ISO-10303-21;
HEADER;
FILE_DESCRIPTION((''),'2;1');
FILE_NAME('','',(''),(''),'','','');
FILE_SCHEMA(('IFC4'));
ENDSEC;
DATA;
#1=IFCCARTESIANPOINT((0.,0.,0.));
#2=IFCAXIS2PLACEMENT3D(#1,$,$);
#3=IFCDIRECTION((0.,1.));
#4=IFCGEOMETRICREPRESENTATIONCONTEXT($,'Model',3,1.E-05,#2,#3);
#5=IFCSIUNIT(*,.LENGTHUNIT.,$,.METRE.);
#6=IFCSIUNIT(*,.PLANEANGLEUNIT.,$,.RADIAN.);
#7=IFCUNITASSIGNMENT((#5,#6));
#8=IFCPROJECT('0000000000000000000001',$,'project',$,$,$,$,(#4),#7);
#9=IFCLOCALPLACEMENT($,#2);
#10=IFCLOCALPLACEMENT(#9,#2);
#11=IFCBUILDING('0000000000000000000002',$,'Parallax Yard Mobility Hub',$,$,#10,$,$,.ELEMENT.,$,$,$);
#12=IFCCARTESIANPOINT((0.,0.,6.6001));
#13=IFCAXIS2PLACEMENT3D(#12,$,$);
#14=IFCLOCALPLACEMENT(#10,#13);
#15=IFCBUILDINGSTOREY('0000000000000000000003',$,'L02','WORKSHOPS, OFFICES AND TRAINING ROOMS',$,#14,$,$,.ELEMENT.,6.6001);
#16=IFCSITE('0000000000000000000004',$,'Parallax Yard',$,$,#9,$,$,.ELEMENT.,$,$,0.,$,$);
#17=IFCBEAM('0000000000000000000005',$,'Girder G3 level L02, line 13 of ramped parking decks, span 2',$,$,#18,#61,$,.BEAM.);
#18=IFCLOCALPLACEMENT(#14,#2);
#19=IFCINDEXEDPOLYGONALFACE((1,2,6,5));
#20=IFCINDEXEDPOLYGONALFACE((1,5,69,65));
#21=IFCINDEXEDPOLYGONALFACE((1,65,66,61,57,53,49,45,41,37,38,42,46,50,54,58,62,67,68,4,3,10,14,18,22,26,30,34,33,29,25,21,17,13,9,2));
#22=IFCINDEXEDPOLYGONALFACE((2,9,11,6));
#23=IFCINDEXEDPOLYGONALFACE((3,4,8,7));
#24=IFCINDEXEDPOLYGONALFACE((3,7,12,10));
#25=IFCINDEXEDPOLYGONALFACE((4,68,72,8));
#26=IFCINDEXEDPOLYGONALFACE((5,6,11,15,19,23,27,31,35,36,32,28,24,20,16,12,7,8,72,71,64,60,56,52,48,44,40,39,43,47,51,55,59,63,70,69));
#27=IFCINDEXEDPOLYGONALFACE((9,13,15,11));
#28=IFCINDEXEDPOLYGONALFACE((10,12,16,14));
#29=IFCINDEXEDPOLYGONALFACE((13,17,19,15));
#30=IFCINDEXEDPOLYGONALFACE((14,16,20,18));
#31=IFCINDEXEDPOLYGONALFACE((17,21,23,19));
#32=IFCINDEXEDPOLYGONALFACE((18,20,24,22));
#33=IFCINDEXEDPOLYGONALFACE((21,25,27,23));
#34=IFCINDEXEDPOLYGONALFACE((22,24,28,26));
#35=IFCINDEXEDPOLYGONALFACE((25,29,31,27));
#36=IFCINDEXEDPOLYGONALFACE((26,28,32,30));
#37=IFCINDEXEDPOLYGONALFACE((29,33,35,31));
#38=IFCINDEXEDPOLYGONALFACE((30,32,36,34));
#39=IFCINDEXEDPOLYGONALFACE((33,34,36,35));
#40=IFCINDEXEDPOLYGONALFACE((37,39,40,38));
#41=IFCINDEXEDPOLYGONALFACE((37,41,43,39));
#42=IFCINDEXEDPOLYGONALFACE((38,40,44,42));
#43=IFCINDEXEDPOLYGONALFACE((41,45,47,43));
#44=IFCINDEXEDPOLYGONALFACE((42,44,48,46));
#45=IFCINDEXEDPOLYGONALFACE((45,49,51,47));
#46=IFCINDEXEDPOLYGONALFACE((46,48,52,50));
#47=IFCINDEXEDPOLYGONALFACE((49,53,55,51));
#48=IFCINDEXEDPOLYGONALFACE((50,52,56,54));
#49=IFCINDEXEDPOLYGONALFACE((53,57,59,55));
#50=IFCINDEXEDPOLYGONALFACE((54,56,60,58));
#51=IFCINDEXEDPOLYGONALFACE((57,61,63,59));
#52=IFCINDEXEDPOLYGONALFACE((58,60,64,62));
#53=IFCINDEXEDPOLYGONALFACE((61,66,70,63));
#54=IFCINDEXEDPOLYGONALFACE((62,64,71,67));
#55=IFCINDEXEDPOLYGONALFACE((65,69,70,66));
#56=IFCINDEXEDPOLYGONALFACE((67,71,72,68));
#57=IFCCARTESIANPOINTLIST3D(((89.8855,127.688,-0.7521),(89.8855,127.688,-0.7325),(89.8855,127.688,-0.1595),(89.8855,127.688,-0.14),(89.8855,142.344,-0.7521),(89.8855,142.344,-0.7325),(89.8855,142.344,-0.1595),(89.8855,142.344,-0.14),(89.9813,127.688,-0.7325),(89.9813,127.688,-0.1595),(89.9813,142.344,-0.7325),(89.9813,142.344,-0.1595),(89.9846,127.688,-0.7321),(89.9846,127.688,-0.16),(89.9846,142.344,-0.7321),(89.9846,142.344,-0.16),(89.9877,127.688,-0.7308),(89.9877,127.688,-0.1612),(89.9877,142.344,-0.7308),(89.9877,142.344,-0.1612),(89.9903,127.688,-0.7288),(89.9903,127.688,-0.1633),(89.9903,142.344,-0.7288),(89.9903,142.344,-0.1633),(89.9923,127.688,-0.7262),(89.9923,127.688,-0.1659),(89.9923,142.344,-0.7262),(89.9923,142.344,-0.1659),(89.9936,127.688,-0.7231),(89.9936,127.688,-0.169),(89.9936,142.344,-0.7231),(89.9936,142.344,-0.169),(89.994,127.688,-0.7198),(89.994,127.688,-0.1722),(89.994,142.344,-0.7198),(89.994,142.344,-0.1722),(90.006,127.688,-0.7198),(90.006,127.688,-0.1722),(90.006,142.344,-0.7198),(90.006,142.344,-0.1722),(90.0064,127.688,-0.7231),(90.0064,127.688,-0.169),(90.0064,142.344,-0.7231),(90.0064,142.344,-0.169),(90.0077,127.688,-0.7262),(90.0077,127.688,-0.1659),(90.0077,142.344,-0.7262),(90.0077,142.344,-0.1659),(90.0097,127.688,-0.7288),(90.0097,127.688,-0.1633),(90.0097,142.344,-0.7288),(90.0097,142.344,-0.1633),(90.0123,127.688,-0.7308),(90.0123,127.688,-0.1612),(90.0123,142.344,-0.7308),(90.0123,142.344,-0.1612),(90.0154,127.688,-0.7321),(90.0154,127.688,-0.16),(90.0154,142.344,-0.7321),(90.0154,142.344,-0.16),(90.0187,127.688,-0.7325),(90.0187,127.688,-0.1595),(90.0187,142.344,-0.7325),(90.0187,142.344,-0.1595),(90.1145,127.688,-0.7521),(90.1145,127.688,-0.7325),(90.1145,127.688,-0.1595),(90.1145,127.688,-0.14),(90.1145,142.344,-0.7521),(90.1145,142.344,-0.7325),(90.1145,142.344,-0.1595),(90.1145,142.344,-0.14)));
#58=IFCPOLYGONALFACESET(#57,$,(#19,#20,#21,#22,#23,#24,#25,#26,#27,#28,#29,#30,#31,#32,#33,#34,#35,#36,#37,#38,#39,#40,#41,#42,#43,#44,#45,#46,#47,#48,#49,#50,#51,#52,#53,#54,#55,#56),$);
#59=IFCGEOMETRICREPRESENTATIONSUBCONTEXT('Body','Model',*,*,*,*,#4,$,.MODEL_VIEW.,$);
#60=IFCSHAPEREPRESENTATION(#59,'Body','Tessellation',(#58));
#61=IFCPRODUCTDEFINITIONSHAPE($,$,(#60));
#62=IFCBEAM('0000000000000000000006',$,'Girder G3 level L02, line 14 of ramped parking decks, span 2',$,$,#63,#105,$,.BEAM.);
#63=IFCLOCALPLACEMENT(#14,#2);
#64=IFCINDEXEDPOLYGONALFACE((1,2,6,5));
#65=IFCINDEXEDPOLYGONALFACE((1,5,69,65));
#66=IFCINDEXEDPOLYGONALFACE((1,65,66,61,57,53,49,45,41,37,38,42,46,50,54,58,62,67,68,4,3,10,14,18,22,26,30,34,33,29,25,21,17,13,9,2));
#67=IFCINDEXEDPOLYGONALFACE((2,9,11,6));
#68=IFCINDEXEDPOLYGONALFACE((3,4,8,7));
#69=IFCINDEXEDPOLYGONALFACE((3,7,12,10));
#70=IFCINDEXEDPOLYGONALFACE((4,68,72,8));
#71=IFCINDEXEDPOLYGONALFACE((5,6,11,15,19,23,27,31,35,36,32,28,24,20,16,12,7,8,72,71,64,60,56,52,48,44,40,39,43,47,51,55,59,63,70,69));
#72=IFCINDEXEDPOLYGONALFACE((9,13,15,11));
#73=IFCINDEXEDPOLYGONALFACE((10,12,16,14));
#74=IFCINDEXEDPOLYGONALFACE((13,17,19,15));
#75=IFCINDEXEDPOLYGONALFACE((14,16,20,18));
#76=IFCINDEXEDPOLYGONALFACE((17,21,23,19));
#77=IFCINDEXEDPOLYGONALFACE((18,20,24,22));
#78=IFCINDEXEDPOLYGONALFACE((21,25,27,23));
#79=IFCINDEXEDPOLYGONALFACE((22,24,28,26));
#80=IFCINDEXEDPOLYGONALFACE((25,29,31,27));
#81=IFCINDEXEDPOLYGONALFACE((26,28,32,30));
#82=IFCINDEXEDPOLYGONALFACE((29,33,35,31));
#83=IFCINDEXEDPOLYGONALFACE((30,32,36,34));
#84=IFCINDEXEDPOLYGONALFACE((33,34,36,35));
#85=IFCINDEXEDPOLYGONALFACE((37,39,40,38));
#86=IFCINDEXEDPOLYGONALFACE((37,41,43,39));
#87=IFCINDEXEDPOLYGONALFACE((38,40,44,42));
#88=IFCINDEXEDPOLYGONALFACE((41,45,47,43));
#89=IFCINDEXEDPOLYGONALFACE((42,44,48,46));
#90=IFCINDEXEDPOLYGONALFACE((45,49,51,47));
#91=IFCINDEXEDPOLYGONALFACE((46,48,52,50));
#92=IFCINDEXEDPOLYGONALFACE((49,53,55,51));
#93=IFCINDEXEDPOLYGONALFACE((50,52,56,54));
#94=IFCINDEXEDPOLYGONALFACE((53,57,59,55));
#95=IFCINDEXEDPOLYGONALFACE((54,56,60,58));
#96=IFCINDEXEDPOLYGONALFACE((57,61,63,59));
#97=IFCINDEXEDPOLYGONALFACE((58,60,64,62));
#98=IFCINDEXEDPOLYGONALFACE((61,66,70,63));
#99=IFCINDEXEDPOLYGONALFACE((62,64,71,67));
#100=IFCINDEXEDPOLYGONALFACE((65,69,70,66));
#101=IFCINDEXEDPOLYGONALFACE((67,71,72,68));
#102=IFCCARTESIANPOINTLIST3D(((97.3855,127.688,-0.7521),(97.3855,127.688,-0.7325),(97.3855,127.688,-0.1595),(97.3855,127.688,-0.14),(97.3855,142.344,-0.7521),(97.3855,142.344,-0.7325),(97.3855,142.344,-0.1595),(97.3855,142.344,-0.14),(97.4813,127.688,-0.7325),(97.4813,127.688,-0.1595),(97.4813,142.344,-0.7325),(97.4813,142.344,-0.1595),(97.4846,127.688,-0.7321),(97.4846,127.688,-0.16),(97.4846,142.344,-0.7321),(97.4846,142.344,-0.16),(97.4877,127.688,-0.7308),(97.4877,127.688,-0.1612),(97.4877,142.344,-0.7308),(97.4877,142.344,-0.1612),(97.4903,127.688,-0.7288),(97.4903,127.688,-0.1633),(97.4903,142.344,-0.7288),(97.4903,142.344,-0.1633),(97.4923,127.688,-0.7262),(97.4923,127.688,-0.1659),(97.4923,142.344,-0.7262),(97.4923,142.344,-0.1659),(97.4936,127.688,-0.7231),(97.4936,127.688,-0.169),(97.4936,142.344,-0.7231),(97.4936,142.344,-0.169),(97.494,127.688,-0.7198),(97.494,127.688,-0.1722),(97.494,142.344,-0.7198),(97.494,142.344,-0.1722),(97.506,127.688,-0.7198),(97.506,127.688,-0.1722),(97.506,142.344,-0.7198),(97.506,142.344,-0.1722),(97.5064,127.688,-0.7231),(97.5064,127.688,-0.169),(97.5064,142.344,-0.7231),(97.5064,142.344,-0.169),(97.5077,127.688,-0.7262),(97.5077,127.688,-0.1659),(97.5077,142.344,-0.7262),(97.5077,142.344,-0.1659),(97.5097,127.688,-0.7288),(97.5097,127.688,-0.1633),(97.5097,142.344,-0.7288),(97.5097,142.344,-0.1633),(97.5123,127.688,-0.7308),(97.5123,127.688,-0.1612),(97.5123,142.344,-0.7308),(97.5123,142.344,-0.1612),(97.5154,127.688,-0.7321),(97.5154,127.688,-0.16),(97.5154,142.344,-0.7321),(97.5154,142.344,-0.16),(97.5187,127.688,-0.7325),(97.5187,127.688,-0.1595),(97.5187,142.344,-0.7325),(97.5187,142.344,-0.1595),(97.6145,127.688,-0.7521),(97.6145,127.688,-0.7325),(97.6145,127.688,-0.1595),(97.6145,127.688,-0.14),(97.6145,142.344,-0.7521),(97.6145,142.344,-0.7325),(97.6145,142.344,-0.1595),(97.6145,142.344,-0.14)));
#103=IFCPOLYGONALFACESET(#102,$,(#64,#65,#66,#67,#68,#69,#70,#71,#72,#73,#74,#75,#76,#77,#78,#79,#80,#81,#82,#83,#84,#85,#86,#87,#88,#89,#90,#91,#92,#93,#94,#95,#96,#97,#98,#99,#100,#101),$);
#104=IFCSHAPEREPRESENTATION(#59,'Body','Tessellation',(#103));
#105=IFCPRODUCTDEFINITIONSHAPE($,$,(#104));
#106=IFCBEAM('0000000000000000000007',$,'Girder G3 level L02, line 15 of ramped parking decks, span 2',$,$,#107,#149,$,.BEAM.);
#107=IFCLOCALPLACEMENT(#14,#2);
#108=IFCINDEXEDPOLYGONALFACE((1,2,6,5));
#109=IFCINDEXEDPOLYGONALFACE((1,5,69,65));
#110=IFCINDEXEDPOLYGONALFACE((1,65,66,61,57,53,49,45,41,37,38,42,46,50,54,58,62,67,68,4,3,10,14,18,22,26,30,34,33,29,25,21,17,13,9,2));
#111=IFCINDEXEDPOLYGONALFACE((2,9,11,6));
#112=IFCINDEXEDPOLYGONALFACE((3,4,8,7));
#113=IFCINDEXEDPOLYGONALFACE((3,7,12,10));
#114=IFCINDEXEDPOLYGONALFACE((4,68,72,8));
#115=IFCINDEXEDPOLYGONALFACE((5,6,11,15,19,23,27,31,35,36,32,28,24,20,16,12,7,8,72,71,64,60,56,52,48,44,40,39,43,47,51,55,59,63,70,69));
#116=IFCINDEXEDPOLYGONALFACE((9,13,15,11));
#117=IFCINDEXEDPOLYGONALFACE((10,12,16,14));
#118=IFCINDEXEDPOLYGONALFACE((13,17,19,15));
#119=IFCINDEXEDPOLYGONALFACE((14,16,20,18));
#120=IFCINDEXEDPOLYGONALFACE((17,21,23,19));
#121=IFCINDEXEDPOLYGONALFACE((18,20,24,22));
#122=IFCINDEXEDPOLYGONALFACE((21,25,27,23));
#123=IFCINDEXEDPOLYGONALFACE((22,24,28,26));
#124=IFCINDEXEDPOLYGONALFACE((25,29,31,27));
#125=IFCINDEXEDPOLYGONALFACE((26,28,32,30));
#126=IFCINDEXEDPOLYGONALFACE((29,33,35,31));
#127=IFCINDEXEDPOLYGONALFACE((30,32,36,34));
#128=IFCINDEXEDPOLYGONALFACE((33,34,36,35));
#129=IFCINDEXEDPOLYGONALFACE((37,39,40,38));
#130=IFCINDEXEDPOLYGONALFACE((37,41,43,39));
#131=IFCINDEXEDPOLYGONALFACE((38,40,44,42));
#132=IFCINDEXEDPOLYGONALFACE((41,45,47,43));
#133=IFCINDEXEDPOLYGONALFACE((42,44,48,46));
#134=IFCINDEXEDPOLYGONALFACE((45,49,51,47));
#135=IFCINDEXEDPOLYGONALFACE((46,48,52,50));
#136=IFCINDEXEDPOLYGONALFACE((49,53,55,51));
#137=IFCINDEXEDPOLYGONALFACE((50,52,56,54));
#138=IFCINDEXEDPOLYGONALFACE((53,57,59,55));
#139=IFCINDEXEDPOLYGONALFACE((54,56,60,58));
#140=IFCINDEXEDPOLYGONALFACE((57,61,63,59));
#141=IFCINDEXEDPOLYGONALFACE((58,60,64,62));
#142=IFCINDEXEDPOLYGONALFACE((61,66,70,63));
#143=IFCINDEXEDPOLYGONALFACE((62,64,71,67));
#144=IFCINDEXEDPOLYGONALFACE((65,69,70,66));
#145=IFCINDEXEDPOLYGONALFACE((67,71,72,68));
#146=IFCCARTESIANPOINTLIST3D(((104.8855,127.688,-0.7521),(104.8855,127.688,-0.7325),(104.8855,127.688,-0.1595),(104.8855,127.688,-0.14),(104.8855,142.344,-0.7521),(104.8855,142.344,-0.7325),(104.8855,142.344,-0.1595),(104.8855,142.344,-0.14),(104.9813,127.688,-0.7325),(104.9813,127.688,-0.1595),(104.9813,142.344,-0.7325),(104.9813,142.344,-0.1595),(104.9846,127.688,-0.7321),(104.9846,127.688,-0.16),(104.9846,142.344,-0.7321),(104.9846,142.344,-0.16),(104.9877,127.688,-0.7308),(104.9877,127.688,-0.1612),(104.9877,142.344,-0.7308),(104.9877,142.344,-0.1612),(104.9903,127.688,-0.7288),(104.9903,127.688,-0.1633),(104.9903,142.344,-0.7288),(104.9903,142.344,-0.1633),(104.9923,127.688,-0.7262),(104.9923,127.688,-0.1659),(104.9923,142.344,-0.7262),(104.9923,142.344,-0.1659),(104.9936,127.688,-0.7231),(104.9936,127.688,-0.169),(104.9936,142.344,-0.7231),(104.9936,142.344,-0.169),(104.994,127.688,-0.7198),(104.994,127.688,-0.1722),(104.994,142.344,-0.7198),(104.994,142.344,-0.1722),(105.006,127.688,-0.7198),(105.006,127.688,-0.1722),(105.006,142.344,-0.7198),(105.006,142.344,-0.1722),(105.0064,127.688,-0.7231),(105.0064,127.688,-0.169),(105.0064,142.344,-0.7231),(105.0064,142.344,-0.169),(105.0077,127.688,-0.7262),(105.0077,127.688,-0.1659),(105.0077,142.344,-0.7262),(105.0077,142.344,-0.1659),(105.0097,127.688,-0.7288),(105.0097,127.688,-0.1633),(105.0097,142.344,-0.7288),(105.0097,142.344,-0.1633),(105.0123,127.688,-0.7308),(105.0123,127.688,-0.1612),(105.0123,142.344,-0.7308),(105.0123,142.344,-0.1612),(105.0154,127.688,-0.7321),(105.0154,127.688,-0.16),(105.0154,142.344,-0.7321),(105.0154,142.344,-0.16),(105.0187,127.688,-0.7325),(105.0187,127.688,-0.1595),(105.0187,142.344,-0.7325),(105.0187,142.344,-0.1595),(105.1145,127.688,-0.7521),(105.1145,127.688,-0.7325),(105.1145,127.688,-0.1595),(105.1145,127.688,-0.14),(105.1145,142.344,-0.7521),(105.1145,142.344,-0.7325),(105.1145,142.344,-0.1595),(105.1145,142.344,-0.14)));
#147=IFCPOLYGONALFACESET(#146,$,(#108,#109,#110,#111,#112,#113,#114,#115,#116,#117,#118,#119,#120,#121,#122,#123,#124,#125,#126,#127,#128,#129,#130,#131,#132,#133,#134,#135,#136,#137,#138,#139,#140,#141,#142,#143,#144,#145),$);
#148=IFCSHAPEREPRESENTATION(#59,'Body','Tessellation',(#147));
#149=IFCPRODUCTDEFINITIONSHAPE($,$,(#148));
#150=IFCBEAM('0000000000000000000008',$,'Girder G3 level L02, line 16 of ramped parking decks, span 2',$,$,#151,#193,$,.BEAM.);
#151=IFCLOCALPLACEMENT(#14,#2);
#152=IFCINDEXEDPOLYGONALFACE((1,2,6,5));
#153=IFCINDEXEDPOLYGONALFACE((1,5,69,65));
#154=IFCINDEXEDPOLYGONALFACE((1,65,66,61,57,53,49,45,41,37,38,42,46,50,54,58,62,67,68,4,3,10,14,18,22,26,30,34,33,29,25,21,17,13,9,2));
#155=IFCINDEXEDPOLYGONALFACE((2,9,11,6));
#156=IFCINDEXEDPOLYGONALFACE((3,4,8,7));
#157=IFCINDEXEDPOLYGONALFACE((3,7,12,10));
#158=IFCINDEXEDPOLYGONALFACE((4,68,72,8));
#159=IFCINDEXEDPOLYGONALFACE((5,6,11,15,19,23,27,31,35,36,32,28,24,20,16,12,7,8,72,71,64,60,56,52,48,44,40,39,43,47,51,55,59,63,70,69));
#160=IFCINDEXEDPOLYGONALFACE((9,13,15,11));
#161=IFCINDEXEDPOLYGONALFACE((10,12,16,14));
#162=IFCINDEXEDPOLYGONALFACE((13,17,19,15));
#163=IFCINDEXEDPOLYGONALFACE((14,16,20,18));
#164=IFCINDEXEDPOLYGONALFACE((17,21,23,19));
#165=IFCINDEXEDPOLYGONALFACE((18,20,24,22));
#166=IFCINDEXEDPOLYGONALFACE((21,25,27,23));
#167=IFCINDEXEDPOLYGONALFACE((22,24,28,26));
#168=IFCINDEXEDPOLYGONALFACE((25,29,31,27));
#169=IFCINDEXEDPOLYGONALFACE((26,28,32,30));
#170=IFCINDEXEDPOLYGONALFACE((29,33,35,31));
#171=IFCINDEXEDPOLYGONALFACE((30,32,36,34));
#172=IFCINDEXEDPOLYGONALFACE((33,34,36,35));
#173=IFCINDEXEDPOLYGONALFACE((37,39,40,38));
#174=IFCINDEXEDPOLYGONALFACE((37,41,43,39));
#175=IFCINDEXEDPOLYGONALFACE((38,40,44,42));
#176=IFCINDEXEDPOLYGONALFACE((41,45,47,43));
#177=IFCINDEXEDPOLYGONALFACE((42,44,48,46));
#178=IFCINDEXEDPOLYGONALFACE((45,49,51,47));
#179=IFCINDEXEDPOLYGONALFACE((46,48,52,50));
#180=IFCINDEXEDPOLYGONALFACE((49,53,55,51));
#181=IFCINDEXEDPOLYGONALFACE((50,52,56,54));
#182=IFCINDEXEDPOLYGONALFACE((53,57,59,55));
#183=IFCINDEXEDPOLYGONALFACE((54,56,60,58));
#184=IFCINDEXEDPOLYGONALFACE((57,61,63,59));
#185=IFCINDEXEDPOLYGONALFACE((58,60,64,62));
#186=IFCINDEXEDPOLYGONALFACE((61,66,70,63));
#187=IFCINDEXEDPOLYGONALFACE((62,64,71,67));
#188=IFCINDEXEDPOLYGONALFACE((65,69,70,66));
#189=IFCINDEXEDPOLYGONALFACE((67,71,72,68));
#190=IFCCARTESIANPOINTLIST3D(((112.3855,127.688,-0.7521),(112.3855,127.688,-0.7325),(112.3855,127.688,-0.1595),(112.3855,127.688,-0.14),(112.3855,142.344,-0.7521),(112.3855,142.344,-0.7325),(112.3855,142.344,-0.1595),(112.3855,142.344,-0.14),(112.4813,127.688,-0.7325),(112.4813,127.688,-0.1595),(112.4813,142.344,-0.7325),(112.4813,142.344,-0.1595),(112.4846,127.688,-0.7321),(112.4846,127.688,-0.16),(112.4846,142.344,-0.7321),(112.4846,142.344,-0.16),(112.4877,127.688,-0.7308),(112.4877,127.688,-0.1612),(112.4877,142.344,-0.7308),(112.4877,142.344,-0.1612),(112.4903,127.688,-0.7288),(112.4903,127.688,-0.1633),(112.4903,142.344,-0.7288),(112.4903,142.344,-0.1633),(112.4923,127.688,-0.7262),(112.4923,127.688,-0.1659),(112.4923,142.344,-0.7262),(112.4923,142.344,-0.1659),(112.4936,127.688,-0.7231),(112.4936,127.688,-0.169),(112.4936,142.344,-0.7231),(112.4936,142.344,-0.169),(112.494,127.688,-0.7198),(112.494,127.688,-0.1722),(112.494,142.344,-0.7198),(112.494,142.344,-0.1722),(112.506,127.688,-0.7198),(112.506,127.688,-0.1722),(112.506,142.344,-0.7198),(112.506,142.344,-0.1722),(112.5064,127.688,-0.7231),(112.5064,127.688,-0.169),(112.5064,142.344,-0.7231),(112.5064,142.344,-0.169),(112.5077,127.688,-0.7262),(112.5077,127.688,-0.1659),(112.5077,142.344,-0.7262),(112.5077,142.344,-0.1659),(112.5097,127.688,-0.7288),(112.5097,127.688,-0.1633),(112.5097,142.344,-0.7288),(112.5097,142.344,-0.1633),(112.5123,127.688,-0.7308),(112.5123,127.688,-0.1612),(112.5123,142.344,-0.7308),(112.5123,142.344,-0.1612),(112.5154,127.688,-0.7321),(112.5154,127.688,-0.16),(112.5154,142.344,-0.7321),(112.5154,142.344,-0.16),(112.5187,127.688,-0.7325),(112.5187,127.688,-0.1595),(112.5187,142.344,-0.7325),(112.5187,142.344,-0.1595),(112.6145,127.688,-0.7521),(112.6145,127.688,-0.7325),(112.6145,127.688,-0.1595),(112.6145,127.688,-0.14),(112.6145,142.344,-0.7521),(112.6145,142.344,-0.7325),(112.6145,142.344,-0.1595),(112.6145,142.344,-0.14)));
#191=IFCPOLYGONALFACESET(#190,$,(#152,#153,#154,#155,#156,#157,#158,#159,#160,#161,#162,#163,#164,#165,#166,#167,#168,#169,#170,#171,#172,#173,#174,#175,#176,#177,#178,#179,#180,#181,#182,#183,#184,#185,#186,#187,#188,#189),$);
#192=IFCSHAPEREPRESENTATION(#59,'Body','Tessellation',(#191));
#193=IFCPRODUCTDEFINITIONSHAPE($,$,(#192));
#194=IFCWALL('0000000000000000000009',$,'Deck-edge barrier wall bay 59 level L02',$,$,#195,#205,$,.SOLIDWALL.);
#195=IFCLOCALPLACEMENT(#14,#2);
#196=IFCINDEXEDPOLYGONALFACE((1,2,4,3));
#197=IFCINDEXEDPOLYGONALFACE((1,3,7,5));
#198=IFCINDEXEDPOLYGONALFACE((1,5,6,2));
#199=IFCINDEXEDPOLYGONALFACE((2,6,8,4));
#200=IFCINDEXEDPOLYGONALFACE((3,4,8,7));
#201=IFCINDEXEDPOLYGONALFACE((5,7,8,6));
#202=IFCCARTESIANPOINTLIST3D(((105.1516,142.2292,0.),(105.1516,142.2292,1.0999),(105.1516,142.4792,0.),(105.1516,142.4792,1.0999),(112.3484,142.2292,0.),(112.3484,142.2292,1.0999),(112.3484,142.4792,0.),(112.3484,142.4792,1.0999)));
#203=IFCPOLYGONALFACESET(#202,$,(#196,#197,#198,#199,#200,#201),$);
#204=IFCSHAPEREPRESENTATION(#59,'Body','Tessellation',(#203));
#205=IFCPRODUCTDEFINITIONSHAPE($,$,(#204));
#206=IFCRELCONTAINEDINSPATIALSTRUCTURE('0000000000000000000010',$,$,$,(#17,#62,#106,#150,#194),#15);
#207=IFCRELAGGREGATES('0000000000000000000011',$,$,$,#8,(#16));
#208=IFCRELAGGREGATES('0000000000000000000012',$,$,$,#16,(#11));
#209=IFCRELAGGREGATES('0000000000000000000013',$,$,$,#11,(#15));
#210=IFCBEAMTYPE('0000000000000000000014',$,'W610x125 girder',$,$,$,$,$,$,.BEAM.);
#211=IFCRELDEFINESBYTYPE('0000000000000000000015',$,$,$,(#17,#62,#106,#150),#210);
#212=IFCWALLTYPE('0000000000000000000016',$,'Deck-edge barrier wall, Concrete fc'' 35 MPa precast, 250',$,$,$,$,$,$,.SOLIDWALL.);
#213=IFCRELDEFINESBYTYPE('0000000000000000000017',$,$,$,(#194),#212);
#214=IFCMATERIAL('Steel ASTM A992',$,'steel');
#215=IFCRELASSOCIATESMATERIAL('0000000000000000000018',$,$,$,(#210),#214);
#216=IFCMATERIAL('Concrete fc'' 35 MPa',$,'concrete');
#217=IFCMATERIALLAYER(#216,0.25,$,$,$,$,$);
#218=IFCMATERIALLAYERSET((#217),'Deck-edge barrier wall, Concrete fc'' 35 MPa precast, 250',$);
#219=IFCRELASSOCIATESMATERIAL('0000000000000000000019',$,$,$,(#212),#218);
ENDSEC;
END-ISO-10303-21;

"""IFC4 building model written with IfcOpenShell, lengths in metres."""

from ifc_helpers import new_model, si_unit, direction, frame, frame_2d, origin, origin_2d, place, context, subcontext, project, spatial, rectangle, i_section, extrude, material, layer, layer_set, material_profile, profile_set, type_object, element, save


model = new_model("IFC4")

# Units and contexts
model_context = context("Model", 3, precision=1e-05, world=origin(), true_north=direction((0.0, 1.0)))
body_context = subcontext(model_context, "Body", "Model", "MODEL_VIEW")
ifc_project = project(units=[si_unit("LENGTHUNIT", "METRE"), si_unit("PLANEANGLEUNIT", "RADIAN")], contexts=[model_context])

# Site, building, storey
site_placement = place(None, origin())
site = spatial("IfcSite", under=ifc_project, at=site_placement, Name="Parallax Yard", CompositionType="ELEMENT", RefElevation=0.0)
building_placement = place(site_placement, origin())
building = spatial("IfcBuilding", under=site, at=building_placement, Name="Parallax Yard Mobility Hub", CompositionType="ELEMENT")
storey_placement = place(building_placement, frame((0.0, 0.0, 6.6001)))
storey = spatial("IfcBuildingStorey", under=building, at=storey_placement, Name="L02", Description="WORKSHOPS, OFFICES AND TRAINING ROOMS", CompositionType="ELEMENT", Elevation=6.6001)

# Shared definitions
ifc_material_1 = material(Name="Steel ASTM A992", Category="steel")

# Beams
ifc_material_profile_1 = material_profile(ifc_material_1, i_section(OverallWidth=0.229, OverallDepth=0.6121, WebThickness=0.012, FlangeThickness=0.0195, FilletRadius=0.0127, at=origin_2d()), Name="W610x125")
ifc_profile_set_1 = profile_set([ifc_material_profile_1], Name="Steel ASTM A992")
beam_type_1 = type_object("IfcBeamType", Name="W610x125 girder", PredefinedType="BEAM", material=ifc_profile_set_1)
for number, where, z_axis, x_axis, name in (
    (1, (90.0, 127.688, -0.446), (0.0, 1.0, 0.0), (-1.0, 0.0, 0.0), "Girder G3 level L02, line 13 of ramped parking decks, span 2"),
    (2, (97.5, 127.688, -0.446), (0.0, 1.0, 0.0), (-1.0, 0.0, 0.0), "Girder G3 level L02, line 14 of ramped parking decks, span 2"),
    (3, (105.0, 127.688, -0.446), (0.0, 1.0, 0.0), (-1.0, 0.0, 0.0), "Girder G3 level L02, line 15 of ramped parking decks, span 2"),
    (4, (112.5, 127.688, -0.446), (0.0, 1.0, 0.0), (-1.0, 0.0, 0.0), "Girder G3 level L02, line 16 of ramped parking decks, span 2"),
):
    element("IfcBeam", number, at=place(storey_placement, frame(where, z_axis=z_axis, x_axis=x_axis)), inside=storey, type_object=beam_type_1, Name=name, PredefinedType="BEAM", context=body_context, shape_type="SweptSolid", body=[
        extrude(i_section(OverallWidth=0.229, OverallDepth=0.6121, WebThickness=0.012, FlangeThickness=0.0195, FilletRadius=0.0127, at=origin_2d()), origin(), (0.0, 0.0, 1.0), 14.656),
    ])

# Wall
ifc_material_2 = material(Name="Concrete fc' 35 MPa", Category="concrete")
ifc_layer = layer(ifc_material_2, 0.25)
ifc_layer_set = layer_set([ifc_layer], Name="Deck-edge barrier wall, Concrete fc' 35 MPa precast, 250")
wall_type = type_object("IfcWallType", Name="Deck-edge barrier wall, Concrete fc' 35 MPa precast, 250", PredefinedType="SOLIDWALL", material=ifc_layer_set)
for number, where, z_axis, x_axis, name in (
    (5, (112.3484, 142.3542, 0.0), (0.0, 0.0, 1.0), (-1.0, 0.0, 0.0), "Deck-edge barrier wall bay 59 level L02"),
):
    element("IfcWall", number, at=place(storey_placement, frame(where, z_axis=z_axis, x_axis=x_axis)), inside=storey, type_object=wall_type, Name=name, PredefinedType="SOLIDWALL", context=body_context, shape_type="SweptSolid", body=[
        extrude(rectangle(XDim=7.1968, YDim=0.25, at=frame_2d((3.5984, 0.0))), origin(), (0.0, 0.0, 1.0), 1.0999),
    ])

save(model, "model.ifc")
